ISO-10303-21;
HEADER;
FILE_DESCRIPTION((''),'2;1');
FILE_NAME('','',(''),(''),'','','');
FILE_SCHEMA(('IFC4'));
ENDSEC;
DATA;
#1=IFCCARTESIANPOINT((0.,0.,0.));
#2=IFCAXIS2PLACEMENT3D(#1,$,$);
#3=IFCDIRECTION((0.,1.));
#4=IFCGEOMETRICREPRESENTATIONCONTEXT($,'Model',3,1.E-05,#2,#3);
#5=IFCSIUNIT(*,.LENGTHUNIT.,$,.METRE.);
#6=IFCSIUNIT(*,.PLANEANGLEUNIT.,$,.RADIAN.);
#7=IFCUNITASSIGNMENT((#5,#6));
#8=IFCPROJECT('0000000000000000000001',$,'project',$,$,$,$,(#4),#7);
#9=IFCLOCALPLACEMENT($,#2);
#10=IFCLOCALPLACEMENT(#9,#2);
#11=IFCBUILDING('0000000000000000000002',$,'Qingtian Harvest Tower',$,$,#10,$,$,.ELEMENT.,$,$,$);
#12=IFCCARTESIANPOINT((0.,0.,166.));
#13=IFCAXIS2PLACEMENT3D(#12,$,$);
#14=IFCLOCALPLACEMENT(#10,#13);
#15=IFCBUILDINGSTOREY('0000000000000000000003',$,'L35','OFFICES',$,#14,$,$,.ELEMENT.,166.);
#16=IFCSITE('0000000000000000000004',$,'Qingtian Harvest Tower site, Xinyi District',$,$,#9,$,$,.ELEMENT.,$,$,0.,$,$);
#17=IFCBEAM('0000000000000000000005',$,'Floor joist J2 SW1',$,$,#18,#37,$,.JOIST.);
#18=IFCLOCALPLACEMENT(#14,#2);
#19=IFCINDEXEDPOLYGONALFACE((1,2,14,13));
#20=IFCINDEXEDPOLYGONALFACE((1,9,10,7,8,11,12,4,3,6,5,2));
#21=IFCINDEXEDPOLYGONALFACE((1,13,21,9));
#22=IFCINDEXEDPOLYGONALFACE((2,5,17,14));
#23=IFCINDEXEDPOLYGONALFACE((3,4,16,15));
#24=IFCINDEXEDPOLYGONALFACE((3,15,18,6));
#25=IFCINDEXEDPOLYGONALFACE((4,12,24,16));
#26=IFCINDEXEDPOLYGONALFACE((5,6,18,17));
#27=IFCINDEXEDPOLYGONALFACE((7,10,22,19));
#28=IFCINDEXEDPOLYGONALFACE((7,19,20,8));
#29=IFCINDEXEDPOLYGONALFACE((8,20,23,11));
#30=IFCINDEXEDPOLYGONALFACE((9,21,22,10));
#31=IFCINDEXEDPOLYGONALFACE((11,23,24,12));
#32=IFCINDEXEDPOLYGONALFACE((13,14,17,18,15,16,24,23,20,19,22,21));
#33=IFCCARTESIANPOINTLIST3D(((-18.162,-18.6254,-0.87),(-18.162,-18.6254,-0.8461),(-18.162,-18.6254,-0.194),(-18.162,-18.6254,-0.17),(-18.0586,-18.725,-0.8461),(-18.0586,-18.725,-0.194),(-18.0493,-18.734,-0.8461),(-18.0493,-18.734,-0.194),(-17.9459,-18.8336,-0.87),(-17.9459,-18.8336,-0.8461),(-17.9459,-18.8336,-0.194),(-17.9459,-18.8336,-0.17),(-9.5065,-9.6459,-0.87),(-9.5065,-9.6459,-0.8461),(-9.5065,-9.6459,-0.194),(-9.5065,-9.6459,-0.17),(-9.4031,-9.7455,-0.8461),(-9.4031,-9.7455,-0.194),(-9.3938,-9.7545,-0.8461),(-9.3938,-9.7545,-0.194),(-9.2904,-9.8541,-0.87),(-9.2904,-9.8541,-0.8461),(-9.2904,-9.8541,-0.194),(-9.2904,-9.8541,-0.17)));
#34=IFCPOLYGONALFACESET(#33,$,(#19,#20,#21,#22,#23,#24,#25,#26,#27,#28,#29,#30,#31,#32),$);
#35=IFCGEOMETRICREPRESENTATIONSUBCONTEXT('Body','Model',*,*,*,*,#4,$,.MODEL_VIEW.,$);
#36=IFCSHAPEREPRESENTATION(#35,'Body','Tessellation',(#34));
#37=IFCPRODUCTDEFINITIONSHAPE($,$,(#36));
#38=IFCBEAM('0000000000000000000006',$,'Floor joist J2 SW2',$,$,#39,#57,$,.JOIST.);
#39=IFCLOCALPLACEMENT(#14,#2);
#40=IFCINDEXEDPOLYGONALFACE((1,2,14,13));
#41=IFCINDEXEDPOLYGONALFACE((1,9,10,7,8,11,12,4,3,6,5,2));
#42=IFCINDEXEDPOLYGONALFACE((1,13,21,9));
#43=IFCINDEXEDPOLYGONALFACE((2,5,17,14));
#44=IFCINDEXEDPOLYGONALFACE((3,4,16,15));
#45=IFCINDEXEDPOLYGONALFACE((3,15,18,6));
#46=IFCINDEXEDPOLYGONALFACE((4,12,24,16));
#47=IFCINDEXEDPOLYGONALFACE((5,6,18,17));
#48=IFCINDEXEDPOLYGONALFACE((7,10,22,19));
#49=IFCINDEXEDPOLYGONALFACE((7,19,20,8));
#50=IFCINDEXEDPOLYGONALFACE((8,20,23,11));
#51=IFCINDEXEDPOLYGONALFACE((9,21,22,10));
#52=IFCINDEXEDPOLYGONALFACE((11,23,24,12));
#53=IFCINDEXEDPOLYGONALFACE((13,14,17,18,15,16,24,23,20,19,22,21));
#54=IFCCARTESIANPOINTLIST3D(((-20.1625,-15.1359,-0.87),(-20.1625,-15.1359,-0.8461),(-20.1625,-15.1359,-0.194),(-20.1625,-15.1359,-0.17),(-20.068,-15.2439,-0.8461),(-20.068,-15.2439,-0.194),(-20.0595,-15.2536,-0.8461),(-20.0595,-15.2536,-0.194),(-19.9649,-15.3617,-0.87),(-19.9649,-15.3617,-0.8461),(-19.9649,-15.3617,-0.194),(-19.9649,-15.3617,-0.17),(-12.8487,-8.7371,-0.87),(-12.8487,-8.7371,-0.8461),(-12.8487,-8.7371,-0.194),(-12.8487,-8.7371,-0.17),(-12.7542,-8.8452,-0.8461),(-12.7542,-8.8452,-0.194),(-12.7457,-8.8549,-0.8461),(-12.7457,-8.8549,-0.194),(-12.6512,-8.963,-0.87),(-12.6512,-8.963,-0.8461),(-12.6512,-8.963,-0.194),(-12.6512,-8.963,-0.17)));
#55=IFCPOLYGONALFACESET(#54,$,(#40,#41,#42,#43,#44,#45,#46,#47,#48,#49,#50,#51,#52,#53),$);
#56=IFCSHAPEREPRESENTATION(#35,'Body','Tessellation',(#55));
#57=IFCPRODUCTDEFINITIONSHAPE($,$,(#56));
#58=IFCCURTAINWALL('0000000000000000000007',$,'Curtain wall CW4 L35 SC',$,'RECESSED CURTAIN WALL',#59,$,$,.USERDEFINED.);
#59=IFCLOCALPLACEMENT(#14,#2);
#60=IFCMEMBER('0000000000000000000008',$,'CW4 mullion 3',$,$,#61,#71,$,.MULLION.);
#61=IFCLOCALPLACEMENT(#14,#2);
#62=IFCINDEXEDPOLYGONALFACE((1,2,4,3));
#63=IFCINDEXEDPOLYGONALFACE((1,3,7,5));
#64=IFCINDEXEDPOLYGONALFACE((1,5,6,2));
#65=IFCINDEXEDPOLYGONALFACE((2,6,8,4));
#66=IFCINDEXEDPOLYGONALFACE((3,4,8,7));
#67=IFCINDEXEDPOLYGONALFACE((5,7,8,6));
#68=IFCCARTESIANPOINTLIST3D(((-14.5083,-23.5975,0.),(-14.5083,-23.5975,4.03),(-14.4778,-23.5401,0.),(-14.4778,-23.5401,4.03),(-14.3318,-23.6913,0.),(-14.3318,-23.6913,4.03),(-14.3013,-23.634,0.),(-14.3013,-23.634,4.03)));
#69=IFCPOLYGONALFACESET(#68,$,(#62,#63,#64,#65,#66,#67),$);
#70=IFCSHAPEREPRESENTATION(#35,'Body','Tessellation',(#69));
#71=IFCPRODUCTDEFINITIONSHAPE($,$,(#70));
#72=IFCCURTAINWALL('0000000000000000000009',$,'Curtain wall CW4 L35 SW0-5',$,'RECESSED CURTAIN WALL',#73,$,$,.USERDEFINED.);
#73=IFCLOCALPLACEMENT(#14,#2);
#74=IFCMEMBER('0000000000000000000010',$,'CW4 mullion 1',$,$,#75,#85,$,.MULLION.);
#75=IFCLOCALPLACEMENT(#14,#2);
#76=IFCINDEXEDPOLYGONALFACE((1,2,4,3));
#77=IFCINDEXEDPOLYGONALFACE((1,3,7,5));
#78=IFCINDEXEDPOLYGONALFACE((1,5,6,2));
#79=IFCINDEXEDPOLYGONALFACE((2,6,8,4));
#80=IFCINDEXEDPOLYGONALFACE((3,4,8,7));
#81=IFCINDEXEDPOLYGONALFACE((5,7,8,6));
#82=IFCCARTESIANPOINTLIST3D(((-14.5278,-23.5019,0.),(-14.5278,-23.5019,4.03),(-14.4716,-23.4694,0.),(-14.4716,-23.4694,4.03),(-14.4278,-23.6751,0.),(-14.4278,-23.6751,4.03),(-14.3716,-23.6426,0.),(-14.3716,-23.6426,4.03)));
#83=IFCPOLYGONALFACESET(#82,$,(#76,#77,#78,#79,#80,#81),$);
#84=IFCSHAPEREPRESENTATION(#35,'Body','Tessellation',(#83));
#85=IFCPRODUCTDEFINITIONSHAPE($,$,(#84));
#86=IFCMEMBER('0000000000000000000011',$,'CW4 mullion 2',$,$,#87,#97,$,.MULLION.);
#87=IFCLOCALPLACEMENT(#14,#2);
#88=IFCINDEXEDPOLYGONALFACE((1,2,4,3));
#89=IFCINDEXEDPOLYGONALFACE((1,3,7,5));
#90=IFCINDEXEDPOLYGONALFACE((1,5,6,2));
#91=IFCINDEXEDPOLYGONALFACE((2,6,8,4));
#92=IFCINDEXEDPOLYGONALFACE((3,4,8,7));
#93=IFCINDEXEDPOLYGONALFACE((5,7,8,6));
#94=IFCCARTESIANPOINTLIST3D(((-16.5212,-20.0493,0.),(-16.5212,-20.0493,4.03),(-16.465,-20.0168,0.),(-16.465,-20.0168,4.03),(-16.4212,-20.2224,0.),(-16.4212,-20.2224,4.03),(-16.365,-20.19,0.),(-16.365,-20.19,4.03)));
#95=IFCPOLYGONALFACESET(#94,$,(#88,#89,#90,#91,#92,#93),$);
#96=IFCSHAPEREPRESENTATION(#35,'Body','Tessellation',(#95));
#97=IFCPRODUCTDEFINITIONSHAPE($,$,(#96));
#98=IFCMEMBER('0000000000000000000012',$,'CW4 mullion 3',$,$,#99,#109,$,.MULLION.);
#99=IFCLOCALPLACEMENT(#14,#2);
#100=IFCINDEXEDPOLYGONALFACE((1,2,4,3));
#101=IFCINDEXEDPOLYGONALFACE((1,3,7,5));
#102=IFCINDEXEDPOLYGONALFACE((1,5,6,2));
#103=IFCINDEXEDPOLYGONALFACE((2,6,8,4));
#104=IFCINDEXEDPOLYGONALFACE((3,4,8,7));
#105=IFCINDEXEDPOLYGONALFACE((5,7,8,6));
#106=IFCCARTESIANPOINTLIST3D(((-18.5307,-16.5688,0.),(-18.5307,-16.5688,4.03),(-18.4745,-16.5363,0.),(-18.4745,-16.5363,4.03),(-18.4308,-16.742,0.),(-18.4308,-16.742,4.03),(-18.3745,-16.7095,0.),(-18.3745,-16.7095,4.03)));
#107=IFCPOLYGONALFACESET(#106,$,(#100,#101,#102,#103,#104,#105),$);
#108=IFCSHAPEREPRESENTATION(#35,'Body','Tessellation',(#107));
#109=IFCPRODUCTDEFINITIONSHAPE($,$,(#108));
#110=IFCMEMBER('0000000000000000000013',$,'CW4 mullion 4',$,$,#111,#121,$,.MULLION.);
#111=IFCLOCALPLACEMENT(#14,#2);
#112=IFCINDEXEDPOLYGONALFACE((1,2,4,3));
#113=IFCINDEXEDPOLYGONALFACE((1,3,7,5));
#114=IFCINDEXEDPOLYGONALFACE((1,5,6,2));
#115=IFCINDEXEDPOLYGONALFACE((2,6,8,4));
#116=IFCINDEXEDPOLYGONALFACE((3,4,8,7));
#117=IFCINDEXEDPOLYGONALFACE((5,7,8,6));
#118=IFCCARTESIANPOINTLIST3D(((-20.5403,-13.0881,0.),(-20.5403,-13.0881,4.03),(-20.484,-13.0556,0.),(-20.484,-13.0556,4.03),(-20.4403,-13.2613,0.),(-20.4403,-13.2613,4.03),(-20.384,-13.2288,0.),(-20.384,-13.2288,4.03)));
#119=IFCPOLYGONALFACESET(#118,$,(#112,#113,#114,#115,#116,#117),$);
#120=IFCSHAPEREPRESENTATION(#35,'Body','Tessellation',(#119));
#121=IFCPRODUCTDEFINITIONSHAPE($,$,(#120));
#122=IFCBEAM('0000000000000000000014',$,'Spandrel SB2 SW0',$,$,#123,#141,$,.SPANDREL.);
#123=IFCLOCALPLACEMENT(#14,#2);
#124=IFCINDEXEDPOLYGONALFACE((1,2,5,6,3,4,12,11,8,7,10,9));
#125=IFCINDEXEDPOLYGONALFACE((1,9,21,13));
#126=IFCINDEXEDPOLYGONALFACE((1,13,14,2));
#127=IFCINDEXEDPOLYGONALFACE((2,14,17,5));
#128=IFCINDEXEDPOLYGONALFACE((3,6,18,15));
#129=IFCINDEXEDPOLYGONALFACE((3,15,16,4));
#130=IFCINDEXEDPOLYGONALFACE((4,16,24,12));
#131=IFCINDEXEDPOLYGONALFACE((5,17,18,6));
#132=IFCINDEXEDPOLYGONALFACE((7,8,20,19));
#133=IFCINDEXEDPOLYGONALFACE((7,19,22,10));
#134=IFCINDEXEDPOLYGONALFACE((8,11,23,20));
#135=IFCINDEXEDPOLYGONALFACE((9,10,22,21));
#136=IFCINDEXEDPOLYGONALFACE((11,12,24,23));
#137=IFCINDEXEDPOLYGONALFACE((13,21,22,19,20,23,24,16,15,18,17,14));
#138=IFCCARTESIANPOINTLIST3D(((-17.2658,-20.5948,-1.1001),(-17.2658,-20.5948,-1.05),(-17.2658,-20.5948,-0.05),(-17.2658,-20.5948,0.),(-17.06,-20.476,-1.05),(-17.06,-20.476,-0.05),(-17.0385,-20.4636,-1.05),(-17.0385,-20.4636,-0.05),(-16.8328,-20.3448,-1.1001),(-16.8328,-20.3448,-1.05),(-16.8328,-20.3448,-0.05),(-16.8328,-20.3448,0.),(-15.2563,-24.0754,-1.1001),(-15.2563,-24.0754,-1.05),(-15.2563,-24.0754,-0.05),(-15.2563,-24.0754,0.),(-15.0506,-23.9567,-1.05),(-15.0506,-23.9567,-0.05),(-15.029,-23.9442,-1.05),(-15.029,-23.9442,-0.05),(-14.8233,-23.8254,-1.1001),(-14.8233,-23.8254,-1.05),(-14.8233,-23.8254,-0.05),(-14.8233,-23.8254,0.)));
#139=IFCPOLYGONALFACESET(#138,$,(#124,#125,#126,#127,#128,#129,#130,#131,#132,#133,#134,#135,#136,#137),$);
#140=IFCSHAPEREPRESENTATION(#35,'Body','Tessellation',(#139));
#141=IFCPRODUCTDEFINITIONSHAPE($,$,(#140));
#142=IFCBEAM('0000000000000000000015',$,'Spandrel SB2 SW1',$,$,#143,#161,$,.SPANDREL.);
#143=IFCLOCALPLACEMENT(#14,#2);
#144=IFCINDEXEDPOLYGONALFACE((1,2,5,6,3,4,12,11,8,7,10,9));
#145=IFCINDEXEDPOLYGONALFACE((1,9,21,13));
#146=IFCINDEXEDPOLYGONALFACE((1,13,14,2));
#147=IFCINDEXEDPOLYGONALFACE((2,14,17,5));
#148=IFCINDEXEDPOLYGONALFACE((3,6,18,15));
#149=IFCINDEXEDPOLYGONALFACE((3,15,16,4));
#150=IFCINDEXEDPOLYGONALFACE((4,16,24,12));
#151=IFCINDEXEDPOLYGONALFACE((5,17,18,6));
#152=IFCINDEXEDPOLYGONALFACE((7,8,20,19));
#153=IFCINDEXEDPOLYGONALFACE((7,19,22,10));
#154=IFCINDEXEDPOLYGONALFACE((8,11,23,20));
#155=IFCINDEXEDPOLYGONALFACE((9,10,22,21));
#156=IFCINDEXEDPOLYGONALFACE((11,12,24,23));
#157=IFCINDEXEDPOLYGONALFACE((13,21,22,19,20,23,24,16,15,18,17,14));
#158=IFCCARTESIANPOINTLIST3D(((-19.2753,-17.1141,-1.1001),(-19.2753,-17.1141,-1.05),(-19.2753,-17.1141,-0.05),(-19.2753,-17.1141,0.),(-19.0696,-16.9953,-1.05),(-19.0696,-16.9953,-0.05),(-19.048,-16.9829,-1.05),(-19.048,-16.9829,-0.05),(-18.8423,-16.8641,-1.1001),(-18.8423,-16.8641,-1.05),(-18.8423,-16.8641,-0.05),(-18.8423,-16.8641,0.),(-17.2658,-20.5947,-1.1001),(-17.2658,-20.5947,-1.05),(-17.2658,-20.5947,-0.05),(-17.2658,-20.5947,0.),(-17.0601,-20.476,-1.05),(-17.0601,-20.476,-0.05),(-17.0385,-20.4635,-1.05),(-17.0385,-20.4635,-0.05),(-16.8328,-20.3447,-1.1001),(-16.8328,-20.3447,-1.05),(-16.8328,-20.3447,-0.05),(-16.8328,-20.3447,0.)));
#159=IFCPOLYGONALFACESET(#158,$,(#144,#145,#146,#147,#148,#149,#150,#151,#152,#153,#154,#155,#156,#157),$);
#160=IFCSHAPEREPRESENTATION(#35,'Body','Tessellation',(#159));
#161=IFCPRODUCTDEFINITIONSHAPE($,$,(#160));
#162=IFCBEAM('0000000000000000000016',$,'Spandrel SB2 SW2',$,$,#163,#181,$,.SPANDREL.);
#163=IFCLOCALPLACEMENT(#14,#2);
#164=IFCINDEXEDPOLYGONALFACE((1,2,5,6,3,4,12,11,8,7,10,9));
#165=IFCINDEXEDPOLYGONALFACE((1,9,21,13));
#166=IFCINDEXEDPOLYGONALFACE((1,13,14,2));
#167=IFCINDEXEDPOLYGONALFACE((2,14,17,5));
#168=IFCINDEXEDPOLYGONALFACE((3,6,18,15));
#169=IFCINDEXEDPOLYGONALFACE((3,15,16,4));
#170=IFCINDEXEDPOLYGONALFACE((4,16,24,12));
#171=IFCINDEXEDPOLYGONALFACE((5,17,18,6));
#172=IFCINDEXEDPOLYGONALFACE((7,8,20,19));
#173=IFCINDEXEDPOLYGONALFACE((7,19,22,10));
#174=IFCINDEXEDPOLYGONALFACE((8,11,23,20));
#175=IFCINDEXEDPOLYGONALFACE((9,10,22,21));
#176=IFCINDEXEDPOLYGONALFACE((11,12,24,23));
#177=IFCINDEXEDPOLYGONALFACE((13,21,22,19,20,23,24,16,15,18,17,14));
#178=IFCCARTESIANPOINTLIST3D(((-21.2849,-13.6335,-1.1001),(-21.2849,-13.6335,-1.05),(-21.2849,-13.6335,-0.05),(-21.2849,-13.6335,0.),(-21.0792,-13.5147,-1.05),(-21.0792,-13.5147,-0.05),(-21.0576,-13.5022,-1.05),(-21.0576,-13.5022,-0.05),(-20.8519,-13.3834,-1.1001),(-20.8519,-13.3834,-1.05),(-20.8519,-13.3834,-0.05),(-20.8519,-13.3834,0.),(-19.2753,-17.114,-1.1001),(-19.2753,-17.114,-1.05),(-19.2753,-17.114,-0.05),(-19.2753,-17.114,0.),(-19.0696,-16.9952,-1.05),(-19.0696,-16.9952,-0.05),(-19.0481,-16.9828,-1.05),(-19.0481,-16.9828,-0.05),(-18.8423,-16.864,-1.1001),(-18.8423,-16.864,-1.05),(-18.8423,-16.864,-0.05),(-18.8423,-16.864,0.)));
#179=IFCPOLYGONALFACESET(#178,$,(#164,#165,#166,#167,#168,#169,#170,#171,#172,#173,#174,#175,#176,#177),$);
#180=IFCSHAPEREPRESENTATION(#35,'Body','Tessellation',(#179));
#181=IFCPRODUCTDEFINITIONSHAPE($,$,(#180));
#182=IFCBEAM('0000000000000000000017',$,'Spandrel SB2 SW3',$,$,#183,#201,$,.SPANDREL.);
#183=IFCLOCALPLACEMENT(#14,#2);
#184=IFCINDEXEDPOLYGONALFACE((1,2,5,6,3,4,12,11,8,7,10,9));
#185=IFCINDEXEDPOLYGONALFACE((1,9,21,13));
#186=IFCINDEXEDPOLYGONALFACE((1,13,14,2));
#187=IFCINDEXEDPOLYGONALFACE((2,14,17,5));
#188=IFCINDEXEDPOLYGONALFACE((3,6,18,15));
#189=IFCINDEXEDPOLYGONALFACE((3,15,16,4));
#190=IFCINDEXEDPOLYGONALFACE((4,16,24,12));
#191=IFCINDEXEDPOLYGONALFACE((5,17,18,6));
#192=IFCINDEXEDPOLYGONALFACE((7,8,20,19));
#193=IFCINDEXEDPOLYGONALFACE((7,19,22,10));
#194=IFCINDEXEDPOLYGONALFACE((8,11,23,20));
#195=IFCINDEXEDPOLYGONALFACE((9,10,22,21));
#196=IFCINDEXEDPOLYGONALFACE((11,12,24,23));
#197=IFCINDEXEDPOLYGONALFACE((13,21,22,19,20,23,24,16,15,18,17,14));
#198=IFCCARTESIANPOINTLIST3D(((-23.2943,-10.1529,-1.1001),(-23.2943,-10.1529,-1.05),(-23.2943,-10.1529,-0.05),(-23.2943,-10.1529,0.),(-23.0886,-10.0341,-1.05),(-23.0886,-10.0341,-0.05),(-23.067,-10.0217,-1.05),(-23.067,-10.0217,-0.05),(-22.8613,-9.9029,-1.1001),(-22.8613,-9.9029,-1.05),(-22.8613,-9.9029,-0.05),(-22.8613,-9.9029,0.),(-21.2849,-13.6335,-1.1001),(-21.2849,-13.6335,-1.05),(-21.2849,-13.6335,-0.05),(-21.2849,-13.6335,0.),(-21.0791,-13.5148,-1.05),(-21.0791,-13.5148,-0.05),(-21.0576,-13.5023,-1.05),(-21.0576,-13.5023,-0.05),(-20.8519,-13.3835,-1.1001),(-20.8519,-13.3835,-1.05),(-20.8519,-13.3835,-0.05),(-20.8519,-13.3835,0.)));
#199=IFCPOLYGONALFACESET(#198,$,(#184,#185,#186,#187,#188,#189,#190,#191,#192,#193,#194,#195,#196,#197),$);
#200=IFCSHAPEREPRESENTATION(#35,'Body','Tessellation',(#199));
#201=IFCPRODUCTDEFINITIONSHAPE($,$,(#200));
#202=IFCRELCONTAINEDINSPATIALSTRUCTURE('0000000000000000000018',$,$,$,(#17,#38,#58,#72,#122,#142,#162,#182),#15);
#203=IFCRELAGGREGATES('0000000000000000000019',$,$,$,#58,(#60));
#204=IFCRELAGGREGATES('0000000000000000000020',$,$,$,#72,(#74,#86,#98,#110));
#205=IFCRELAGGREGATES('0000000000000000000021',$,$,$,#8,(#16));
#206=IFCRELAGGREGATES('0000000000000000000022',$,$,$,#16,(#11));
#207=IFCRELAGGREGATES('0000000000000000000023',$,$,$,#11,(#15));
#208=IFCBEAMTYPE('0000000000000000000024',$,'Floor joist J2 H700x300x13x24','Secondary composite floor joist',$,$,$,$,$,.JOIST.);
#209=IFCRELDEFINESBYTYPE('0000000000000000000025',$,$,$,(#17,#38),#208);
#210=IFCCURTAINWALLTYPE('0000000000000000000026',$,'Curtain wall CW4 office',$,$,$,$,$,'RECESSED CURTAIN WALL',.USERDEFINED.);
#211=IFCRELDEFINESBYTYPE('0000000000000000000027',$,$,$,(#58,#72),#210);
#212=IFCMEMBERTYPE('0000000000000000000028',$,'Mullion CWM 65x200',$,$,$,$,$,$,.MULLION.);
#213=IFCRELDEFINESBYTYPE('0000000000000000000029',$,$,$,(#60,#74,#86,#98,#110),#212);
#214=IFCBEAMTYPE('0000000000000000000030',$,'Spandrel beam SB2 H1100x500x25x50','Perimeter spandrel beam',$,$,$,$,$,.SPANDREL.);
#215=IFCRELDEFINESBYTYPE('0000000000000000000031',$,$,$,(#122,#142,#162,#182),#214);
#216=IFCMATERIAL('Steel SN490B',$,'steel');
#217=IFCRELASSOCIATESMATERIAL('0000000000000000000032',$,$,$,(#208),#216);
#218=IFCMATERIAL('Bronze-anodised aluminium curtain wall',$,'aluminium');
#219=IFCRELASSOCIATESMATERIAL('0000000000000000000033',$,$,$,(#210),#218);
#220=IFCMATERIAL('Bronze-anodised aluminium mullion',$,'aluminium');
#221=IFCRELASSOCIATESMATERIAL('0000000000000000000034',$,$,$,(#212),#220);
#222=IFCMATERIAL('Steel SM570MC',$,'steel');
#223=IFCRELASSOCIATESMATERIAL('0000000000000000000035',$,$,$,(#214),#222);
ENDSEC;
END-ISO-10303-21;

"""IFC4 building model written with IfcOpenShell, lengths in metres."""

from ifc_helpers import new_model, si_unit, direction, frame, origin, origin_2d, place, context, subcontext, project, spatial, rectangle, i_section, extrude, material, material_profile, profile_set, type_object, element, aggregate, save


model = new_model("IFC4")

# Units and contexts
model_context = context("Model", 3, precision=1e-05, world=origin(), true_north=direction((0.0, 1.0)))
body_context = subcontext(model_context, "Body", "Model", "MODEL_VIEW")
ifc_project = project(units=[si_unit("LENGTHUNIT", "METRE"), si_unit("PLANEANGLEUNIT", "RADIAN")], contexts=[model_context])

# Site, building, storey
site_placement = place(None, origin())
site = spatial("IfcSite", under=ifc_project, at=site_placement, Name="Qingtian Harvest Tower site, Xinyi District", CompositionType="ELEMENT", RefElevation=0.0)
building_placement = place(site_placement, origin())
building = spatial("IfcBuilding", under=site, at=building_placement, Name="Qingtian Harvest Tower", CompositionType="ELEMENT")
storey_placement = place(building_placement, frame((0.0, 0.0, 166.0)))
storey = spatial("IfcBuildingStorey", under=building, at=storey_placement, Name="L35", Description="OFFICES", CompositionType="ELEMENT", Elevation=166.0)

# Beams
ifc_material_1 = material(Name="Steel SN490B", Category="steel")
ifc_material_profile_1 = material_profile(ifc_material_1, i_section(OverallWidth=0.3, OverallDepth=0.7, WebThickness=0.0129, FlangeThickness=0.0239, at=origin_2d()), Name="H700x300x13x24")
ifc_profile_set_1 = profile_set([ifc_material_profile_1], Name="Steel SN490B")
beam_type_1 = type_object("IfcBeamType", Name="Floor joist J2 H700x300x13x24", Description="Secondary composite floor joist", PredefinedType="JOIST", material=ifc_profile_set_1)
beam_1_placement = place(storey_placement, frame((-18.054, -18.7295, -0.52), z_axis=(0.693999, 0.719976, 0.0), x_axis=(-0.719976, 0.693999, 0.0)))
element("IfcBeam", 1, at=beam_1_placement, inside=storey, type_object=beam_type_1, Name="Floor joist J2 SW1", PredefinedType="JOIST", context=body_context, shape_type="SweptSolid", body=[
    extrude(i_section(OverallWidth=0.3, OverallDepth=0.7, WebThickness=0.0129, FlangeThickness=0.0239, at=origin_2d()), origin(), (0.0, 0.0, 1.0), 12.4719),
])
beam_2_placement = place(storey_placement, frame((-20.0637, -15.2488, -0.52), z_axis=(0.752619, 0.658457, 0.0), x_axis=(-0.658457, 0.752619, 0.0)))
element("IfcBeam", 2, at=beam_2_placement, inside=storey, type_object=beam_type_1, Name="Floor joist J2 SW2", PredefinedType="JOIST", context=body_context, shape_type="SweptSolid", body=[
    extrude(i_section(OverallWidth=0.3, OverallDepth=0.7, WebThickness=0.0129, FlangeThickness=0.0239, at=origin_2d()), origin(), (0.0, 0.0, 1.0), 9.7178),
])

# Curtain wall, member
ifc_material_2 = material(Name="Bronze-anodised aluminium curtain wall", Category="aluminium")
curtain_wall_type = type_object("IfcCurtainWallType", Name="Curtain wall CW4 office", ElementType="RECESSED CURTAIN WALL", PredefinedType="USERDEFINED", material=ifc_material_2)
curtain_wall_1_placement = place(storey_placement, origin())
curtain_wall_1 = element("IfcCurtainWall", 3, at=curtain_wall_1_placement, inside=storey, type_object=curtain_wall_type, Name="Curtain wall CW4 L35 SC", ObjectType="RECESSED CURTAIN WALL", PredefinedType="USERDEFINED")
ifc_material_3 = material(Name="Bronze-anodised aluminium mullion", Category="aluminium")
ifc_material_profile_2 = material_profile(ifc_material_3, rectangle(XDim=0.0649, YDim=0.2, at=origin_2d()), Name="AL 65x200")
ifc_profile_set_2 = profile_set([ifc_material_profile_2], Name="Bronze-anodised aluminium mullion")
member_type_1 = type_object("IfcMemberType", Name="Mullion CWM 65x200", PredefinedType="MULLION", material=ifc_profile_set_2)
member_1_placement = place(storey_placement, frame((-14.4048, -23.6157, 0.0), z_axis=(0.0, 0.0, 1.0), x_axis=(-0.469472, -0.882948, 0.0)))
member_1 = element("IfcMember", 4, at=member_1_placement, type_object=member_type_1, Name="CW4 mullion 3", PredefinedType="MULLION", context=body_context, shape_type="SweptSolid", body=[
    extrude(rectangle(XDim=0.0649, YDim=0.2, at=origin_2d()), origin(), (0.0, 0.0, 1.0), 4.03),
])
aggregate(curtain_wall_1, [member_1])

# Curtain wall, members
curtain_wall_2_placement = place(storey_placement, origin())
curtain_wall_2 = element("IfcCurtainWall", 5, at=curtain_wall_2_placement, inside=storey, type_object=curtain_wall_type, Name="Curtain wall CW4 L35 SW0-5", ObjectType="RECESSED CURTAIN WALL", PredefinedType="USERDEFINED")
member_2_placement = place(storey_placement, frame((-14.4497, -23.5723, 0.0), z_axis=(0.0, 0.0, 1.0), x_axis=(-0.866025, -0.5, 0.0)))
member_2 = element("IfcMember", 6, at=member_2_placement, type_object=member_type_1, Name="CW4 mullion 1", PredefinedType="MULLION", context=body_context, shape_type="SweptSolid", body=[
    extrude(rectangle(XDim=0.0649, YDim=0.2, at=origin_2d()), origin(), (0.0, 0.0, 1.0), 4.03),
])
member_3_placement = place(storey_placement, frame((-16.4431, -20.1196, 0.0), z_axis=(0.0, 0.0, 1.0), x_axis=(-0.866025, -0.5, 0.0)))
member_3 = element("IfcMember", 7, at=member_3_placement, type_object=member_type_1, Name="CW4 mullion 2", PredefinedType="MULLION", context=body_context, shape_type="SweptSolid", body=[
    extrude(rectangle(XDim=0.0649, YDim=0.2, at=origin_2d()), origin(), (0.0, 0.0, 1.0), 4.03),
])
member_4_placement = place(storey_placement, frame((-18.4526, -16.6392, 0.0), z_axis=(0.0, 0.0, 1.0), x_axis=(-0.866025, -0.5, 0.0)))
member_4 = element("IfcMember", 8, at=member_4_placement, type_object=member_type_1, Name="CW4 mullion 3", PredefinedType="MULLION", context=body_context, shape_type="SweptSolid", body=[
    extrude(rectangle(XDim=0.0649, YDim=0.2, at=origin_2d()), origin(), (0.0, 0.0, 1.0), 4.03),
])
member_5_placement = place(storey_placement, frame((-20.4622, -13.1584, 0.0), z_axis=(0.0, 0.0, 1.0), x_axis=(-0.866025, -0.5, 0.0)))
member_5 = element("IfcMember", 9, at=member_5_placement, type_object=member_type_1, Name="CW4 mullion 4", PredefinedType="MULLION", context=body_context, shape_type="SweptSolid", body=[
    extrude(rectangle(XDim=0.0649, YDim=0.2, at=origin_2d()), origin(), (0.0, 0.0, 1.0), 4.03),
])

# Beams
ifc_material_4 = material(Name="Steel SM570MC", Category="steel")
ifc_material_profile_3 = material_profile(ifc_material_4, i_section(OverallWidth=0.5, OverallDepth=1.1001, WebThickness=0.0249, FlangeThickness=0.05, at=origin_2d()), Name="H1100x500x25x50")
ifc_profile_set_3 = profile_set([ifc_material_profile_3], Name="Steel SM570MC")
beam_type_2 = type_object("IfcBeamType", Name="Spandrel beam SB2 H1100x500x25x50", Description="Perimeter spandrel beam", PredefinedType="SPANDREL", material=ifc_profile_set_3)
for number, where, z_axis, x_axis, name in (
    (10, (-15.0398, -23.9504, -0.55), (-0.499987, 0.866033, 0.0), (-0.866033, -0.499987, 0.0), "Spandrel SB2 SW0"),
    (11, (-17.0493, -20.4697, -0.55), (-0.499987, 0.866033, 0.0), (-0.866033, -0.499987, 0.0), "Spandrel SB2 SW1"),
    (12, (-19.0588, -16.989, -0.55), (-0.500013, 0.866018, 0.0), (-0.866018, -0.500013, 0.0), "Spandrel SB2 SW2"),
    (13, (-21.0684, -13.5085, -0.55), (-0.499987, 0.866033, 0.0), (-0.866033, -0.499987, 0.0), "Spandrel SB2 SW3"),
):
    element("IfcBeam", number, at=place(storey_placement, frame(where, z_axis=z_axis, x_axis=x_axis)), inside=storey, type_object=beam_type_2, Name=name, PredefinedType="SPANDREL", context=body_context, shape_type="SweptSolid", body=[
        extrude(i_section(OverallWidth=0.5, OverallDepth=1.1001, WebThickness=0.0249, FlangeThickness=0.05, at=origin_2d()), origin(), (0.0, 0.0, 1.0), 4.019),
    ])

aggregate(curtain_wall_2, [member_2, member_3, member_4, member_5])

save(model, "model.ifc")
